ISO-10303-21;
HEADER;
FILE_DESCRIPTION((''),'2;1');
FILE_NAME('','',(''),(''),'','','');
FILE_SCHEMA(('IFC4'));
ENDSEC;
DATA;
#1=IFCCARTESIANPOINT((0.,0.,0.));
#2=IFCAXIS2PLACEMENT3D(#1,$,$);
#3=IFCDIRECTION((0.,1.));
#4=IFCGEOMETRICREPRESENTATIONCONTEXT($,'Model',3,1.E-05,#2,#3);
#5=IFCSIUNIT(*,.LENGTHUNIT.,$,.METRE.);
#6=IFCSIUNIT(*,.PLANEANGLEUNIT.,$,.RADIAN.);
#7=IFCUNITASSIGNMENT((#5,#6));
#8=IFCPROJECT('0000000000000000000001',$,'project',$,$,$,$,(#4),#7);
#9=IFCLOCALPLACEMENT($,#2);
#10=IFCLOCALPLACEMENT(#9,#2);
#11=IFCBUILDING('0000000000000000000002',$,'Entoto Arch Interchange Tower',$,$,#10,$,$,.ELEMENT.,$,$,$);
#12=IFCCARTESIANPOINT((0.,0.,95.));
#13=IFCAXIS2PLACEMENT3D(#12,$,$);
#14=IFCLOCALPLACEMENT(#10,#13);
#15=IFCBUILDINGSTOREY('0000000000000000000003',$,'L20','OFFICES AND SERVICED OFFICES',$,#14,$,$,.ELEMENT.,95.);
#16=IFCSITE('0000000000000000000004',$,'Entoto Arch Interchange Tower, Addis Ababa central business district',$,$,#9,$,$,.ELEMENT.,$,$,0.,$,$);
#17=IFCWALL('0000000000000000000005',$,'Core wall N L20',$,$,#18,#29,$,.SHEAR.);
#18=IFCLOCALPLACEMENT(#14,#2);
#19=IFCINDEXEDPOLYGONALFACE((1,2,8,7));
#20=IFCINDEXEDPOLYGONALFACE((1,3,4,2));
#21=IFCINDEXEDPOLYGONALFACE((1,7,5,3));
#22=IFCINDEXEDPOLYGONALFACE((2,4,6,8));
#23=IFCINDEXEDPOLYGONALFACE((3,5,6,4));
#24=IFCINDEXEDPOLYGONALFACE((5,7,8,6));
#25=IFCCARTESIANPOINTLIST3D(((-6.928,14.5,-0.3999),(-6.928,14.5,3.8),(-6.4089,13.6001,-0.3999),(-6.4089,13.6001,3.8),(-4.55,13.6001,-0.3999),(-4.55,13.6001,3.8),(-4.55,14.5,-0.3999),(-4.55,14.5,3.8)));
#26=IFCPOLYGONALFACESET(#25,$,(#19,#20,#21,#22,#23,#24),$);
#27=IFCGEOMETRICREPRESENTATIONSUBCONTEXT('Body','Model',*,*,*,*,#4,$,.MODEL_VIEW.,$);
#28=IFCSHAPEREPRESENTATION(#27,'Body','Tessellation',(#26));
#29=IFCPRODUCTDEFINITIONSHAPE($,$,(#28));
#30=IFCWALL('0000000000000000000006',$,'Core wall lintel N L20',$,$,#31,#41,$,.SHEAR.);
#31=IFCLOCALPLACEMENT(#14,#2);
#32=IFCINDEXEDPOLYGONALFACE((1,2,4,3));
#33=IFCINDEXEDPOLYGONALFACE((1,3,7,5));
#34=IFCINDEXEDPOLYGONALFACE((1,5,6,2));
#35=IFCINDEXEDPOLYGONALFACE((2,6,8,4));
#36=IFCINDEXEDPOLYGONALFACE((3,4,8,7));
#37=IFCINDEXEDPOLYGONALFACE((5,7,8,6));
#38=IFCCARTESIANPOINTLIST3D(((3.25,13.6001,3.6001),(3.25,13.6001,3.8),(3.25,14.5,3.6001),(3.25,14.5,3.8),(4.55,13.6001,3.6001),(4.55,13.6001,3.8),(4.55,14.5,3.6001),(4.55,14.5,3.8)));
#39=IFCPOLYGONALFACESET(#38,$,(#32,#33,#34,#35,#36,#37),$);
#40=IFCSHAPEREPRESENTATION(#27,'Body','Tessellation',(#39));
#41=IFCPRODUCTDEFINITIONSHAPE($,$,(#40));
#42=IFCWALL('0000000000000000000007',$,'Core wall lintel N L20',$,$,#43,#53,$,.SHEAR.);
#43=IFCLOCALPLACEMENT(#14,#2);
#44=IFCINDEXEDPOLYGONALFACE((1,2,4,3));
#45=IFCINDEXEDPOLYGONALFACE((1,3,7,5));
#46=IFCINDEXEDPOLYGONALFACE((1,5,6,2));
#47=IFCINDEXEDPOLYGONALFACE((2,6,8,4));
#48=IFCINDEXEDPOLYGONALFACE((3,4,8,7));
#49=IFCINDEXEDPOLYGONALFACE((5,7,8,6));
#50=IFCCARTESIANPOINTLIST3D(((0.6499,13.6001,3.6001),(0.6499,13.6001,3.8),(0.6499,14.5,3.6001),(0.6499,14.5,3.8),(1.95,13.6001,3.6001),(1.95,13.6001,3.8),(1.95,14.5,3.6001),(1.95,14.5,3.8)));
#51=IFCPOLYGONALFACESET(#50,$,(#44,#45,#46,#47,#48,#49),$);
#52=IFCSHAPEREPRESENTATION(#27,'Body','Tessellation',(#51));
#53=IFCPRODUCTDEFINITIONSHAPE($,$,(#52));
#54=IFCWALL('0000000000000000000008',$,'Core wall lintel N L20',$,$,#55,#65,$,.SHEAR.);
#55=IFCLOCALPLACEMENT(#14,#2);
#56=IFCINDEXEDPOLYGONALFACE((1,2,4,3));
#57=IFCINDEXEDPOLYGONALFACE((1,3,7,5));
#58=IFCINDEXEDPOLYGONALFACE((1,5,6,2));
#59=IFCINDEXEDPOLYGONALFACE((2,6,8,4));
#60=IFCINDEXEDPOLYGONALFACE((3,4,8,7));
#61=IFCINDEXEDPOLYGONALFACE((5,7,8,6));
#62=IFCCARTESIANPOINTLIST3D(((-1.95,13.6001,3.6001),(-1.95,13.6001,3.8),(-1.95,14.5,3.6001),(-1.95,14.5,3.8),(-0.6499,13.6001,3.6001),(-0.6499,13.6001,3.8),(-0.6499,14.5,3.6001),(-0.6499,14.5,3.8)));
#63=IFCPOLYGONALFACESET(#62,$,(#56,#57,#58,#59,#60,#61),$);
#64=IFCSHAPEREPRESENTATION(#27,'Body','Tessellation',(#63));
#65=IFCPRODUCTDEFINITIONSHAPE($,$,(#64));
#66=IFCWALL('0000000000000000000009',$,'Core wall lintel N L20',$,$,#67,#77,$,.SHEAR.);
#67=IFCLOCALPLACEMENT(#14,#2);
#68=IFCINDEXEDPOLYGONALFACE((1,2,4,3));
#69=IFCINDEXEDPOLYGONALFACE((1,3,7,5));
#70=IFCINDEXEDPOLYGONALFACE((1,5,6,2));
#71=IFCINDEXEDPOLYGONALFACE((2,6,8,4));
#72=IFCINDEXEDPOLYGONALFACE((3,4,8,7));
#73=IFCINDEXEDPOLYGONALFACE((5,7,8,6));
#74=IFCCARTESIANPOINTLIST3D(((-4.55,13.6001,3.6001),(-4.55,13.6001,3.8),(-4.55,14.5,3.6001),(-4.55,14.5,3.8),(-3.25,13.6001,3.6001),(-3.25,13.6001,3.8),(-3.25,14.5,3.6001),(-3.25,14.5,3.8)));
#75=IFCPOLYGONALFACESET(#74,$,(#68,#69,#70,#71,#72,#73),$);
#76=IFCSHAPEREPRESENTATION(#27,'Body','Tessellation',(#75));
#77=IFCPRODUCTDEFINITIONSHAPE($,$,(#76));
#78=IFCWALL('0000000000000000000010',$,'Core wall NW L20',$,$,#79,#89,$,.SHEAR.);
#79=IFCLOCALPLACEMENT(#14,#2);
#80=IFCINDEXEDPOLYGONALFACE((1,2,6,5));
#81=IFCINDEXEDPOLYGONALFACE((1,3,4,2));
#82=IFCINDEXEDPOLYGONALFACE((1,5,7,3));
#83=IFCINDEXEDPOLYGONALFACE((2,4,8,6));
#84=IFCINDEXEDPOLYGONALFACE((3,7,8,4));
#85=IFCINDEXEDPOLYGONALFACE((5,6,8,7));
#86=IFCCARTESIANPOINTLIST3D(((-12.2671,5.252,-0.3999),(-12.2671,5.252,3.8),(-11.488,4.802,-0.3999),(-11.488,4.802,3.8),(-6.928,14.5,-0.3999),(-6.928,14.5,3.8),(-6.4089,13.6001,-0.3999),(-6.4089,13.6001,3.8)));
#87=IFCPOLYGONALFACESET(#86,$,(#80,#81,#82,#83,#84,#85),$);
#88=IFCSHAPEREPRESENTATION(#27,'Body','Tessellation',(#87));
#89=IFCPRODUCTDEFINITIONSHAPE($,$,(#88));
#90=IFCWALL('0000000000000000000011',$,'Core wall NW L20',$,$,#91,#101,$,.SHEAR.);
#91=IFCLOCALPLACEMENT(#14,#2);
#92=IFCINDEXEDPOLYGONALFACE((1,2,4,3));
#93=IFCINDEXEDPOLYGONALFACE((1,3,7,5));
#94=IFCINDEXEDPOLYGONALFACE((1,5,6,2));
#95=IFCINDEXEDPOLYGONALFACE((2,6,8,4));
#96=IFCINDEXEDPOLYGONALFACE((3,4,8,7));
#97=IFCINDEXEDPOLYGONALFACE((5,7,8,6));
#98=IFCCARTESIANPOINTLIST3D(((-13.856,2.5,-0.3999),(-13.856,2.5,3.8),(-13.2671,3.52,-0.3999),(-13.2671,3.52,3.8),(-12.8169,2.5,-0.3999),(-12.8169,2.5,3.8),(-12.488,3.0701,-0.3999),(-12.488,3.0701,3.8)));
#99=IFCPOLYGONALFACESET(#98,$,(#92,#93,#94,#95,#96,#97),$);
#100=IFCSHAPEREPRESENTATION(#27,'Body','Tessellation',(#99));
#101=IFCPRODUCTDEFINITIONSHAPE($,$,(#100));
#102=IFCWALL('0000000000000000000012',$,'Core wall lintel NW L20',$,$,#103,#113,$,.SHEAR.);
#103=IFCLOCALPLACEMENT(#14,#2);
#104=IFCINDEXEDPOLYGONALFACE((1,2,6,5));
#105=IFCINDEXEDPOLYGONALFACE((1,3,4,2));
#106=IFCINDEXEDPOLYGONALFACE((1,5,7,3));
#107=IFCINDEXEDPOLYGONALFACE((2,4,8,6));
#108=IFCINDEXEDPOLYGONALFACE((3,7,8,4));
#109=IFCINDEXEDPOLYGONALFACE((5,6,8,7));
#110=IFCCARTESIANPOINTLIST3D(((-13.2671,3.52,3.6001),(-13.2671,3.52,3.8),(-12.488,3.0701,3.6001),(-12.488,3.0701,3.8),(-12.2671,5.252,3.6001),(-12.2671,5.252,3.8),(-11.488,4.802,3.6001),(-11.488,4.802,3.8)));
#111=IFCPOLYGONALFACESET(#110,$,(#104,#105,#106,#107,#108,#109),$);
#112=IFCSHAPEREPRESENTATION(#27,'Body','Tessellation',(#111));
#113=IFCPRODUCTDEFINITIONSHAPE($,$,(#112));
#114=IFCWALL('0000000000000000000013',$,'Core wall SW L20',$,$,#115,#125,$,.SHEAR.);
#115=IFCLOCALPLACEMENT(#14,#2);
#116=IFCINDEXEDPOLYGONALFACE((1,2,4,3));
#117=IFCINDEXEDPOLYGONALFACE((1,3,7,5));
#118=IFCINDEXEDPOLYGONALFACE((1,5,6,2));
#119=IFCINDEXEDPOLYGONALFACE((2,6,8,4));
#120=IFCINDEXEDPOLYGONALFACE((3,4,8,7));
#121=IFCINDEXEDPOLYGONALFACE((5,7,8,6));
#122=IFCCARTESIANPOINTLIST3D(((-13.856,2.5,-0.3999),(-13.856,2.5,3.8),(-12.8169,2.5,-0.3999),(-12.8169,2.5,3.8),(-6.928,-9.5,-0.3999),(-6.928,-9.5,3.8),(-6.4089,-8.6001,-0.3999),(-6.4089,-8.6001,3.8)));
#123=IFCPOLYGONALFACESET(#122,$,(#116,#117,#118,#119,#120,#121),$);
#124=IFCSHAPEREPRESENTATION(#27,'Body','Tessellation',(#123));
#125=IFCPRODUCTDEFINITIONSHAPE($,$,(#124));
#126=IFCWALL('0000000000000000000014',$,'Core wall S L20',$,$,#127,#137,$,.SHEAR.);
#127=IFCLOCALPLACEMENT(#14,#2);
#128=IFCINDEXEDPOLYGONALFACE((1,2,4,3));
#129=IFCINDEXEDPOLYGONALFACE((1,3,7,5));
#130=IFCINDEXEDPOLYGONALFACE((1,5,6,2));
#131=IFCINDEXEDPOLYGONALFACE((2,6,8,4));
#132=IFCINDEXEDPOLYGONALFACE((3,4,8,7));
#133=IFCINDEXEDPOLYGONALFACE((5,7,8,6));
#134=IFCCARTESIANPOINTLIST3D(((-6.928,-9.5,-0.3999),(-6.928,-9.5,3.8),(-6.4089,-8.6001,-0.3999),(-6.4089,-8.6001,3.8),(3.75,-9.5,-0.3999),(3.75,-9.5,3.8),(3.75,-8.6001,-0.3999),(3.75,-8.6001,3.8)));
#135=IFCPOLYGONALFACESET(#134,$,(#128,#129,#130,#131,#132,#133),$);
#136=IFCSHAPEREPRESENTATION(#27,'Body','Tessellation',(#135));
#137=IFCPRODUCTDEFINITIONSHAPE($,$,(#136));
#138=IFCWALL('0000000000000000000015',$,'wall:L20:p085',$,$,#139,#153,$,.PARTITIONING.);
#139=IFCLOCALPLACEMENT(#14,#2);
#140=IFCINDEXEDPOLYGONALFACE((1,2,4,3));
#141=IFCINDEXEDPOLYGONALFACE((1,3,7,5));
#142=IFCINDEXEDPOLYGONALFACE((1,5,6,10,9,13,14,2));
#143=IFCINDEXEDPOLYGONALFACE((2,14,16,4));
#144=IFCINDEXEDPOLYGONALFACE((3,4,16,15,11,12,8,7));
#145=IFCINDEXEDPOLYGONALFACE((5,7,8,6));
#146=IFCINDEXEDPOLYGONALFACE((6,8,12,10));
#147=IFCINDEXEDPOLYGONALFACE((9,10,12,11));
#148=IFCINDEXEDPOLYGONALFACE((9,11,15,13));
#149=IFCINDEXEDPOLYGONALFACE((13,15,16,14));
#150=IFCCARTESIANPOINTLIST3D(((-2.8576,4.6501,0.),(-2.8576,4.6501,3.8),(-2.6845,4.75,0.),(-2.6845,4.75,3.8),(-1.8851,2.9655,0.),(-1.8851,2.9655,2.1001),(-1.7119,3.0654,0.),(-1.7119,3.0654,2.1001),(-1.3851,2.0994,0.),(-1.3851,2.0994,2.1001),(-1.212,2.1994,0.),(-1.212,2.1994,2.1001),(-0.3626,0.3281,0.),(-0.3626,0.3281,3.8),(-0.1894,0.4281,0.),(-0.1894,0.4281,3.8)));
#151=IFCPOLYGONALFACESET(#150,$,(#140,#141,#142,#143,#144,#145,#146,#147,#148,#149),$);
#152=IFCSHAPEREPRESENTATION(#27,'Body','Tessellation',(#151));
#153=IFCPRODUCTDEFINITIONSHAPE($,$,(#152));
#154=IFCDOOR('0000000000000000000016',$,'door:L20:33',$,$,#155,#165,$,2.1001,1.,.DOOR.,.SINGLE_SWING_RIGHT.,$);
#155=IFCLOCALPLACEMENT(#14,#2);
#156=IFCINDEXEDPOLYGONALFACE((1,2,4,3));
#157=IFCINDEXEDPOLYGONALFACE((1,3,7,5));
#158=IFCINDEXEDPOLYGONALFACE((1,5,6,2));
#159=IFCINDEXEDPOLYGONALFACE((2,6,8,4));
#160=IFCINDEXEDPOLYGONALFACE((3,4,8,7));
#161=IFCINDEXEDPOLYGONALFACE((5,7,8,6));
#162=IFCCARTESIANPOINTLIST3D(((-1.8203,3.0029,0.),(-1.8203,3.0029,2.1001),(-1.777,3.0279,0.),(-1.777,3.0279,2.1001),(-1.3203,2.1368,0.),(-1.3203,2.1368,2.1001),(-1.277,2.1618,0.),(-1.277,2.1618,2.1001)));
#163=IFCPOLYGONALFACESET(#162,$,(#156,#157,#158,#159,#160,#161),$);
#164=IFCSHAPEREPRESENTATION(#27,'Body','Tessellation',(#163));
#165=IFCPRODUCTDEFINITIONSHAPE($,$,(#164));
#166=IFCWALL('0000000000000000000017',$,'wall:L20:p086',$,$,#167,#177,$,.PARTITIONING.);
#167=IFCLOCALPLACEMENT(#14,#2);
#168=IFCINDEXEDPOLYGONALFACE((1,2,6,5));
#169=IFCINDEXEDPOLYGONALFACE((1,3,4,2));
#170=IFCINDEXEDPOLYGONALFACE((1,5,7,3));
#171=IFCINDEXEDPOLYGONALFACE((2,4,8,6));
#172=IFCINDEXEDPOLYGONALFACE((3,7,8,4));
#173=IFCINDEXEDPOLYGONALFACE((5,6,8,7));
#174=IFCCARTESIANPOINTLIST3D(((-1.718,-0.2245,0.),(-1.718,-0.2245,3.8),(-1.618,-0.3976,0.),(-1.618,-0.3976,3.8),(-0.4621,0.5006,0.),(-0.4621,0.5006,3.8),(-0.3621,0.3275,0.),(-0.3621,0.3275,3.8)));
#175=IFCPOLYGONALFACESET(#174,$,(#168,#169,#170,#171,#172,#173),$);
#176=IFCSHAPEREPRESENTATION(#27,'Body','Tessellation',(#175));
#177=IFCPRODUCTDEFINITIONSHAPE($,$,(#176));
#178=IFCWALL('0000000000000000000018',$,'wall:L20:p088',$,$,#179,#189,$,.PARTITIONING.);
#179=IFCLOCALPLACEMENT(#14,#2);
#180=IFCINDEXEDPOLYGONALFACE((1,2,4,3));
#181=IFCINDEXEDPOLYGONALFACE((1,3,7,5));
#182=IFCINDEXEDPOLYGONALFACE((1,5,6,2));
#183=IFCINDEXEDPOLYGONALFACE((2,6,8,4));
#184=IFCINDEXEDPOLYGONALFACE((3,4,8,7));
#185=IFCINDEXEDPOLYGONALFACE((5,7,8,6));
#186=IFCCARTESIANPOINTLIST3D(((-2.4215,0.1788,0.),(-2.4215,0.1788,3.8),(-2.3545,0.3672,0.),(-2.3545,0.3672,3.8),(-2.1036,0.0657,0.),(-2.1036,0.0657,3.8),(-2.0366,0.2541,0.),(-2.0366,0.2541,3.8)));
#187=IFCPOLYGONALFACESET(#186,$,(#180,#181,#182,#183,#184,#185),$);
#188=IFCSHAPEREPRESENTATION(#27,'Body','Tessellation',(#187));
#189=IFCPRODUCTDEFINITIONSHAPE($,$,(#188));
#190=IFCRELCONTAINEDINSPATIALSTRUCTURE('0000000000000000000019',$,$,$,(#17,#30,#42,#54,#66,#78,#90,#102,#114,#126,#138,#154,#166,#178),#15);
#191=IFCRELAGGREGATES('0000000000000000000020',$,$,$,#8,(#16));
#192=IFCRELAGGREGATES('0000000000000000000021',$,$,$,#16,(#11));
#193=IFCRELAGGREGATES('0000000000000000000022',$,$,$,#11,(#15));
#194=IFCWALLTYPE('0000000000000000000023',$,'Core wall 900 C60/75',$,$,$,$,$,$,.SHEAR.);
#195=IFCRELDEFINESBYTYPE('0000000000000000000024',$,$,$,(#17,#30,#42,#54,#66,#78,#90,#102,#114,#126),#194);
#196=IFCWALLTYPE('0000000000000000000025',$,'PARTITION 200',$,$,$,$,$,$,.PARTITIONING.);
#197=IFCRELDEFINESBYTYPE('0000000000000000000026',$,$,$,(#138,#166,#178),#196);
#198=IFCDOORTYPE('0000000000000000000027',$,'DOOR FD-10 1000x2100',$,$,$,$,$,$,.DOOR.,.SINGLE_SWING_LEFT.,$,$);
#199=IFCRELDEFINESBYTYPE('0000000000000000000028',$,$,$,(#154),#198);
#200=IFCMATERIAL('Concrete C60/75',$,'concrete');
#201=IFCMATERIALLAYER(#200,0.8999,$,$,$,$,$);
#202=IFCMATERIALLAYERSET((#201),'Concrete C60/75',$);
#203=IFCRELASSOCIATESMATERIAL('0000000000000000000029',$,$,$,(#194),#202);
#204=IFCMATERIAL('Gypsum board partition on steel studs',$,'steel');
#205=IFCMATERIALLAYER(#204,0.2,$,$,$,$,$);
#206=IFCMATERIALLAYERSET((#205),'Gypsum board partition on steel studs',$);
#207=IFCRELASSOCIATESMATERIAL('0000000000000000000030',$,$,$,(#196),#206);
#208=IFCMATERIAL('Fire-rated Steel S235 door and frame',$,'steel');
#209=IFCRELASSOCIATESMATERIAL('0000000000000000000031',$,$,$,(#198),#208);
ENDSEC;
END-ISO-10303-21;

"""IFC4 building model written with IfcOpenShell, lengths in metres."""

from ifc_helpers import new_model, si_unit, direction, frame, frame_2d, origin, place, context, subcontext, project, spatial, polyline, rectangle, outline, extrude, material, layer, layer_set, type_object, element, fill, save


model = new_model("IFC4")

# Units and contexts
model_context = context("Model", 3, precision=1e-05, world=origin(), true_north=direction((0.0, 1.0)))
body_context = subcontext(model_context, "Body", "Model", "MODEL_VIEW")
ifc_project = project(units=[si_unit("LENGTHUNIT", "METRE"), si_unit("PLANEANGLEUNIT", "RADIAN")], contexts=[model_context])

# Site, building, storey
site_placement = place(None, origin())
site = spatial("IfcSite", under=ifc_project, at=site_placement, Name="Entoto Arch Interchange Tower, Addis Ababa central business district", CompositionType="ELEMENT", RefElevation=0.0)
building_placement = place(site_placement, origin())
building = spatial("IfcBuilding", under=site, at=building_placement, Name="Entoto Arch Interchange Tower", CompositionType="ELEMENT")
storey_placement = place(building_placement, frame((0.0, 0.0, 95.0)))
storey = spatial("IfcBuildingStorey", under=building, at=storey_placement, Name="L20", Description="OFFICES AND SERVICED OFFICES", CompositionType="ELEMENT", Elevation=95.0)

# Walls
ifc_material_1 = material(Name="Concrete C60/75", Category="concrete")
ifc_layer_1 = layer(ifc_material_1, 0.8999)
ifc_layer_set_1 = layer_set([ifc_layer_1], Name="Concrete C60/75")
wall_type_1 = type_object("IfcWallType", Name="Core wall 900 C60/75", PredefinedType="SHEAR", material=ifc_layer_set_1)
wall_1_placement = place(storey_placement, frame((0.0, 0.0, -0.3999)))
element("IfcWall", 1, at=wall_1_placement, inside=storey, type_object=wall_type_1, Name="Core wall N L20", PredefinedType="SHEAR", context=body_context, shape_type="SweptSolid", body=[
    extrude(outline(polyline([(-4.55, 13.6001), (-4.55, 14.5), (-6.928, 14.5), (-6.4089, 13.6001), (-4.55, 13.6001)])), origin(), (0.0, 0.0, 1.0), 4.2),
])
wall_2_placement = place(storey_placement, frame((0.0, 0.0, 3.6001)))
element("IfcWall", 2, at=wall_2_placement, inside=storey, type_object=wall_type_1, Name="Core wall lintel N L20", PredefinedType="SHEAR", context=body_context, shape_type="SweptSolid", body=[
    extrude(outline(polyline([(3.25, 14.5), (3.25, 13.6001), (4.55, 13.6001), (4.55, 14.5), (3.25, 14.5)])), origin(), (0.0, 0.0, 1.0), 0.2),
])
wall_3_placement = place(storey_placement, frame((0.0, 0.0, 3.6001)))
element("IfcWall", 3, at=wall_3_placement, inside=storey, type_object=wall_type_1, Name="Core wall lintel N L20", PredefinedType="SHEAR", context=body_context, shape_type="SweptSolid", body=[
    extrude(outline(polyline([(0.6499, 14.5), (0.6499, 13.6001), (1.95, 13.6001), (1.95, 14.5), (0.6499, 14.5)])), origin(), (0.0, 0.0, 1.0), 0.2),
])
wall_4_placement = place(storey_placement, frame((0.0, 0.0, 3.6001)))
element("IfcWall", 4, at=wall_4_placement, inside=storey, type_object=wall_type_1, Name="Core wall lintel N L20", PredefinedType="SHEAR", context=body_context, shape_type="SweptSolid", body=[
    extrude(outline(polyline([(-1.95, 14.5), (-1.95, 13.6001), (-0.6499, 13.6001), (-0.6499, 14.5), (-1.95, 14.5)])), origin(), (0.0, 0.0, 1.0), 0.2),
])
wall_5_placement = place(storey_placement, frame((0.0, 0.0, 3.6001)))
element("IfcWall", 5, at=wall_5_placement, inside=storey, type_object=wall_type_1, Name="Core wall lintel N L20", PredefinedType="SHEAR", context=body_context, shape_type="SweptSolid", body=[
    extrude(outline(polyline([(-4.55, 14.5), (-4.55, 13.6001), (-3.25, 13.6001), (-3.25, 14.5), (-4.55, 14.5)])), origin(), (0.0, 0.0, 1.0), 0.2),
])
wall_6_placement = place(storey_placement, frame((0.0, 0.0, -0.3999)))
element("IfcWall", 6, at=wall_6_placement, inside=storey, type_object=wall_type_1, Name="Core wall NW L20", PredefinedType="SHEAR", context=body_context, shape_type="SweptSolid", body=[
    extrude(outline(polyline([(-12.2671, 5.252), (-11.488, 4.802), (-6.4089, 13.6001), (-6.928, 14.5), (-12.2671, 5.252)])), origin(), (0.0, 0.0, 1.0), 4.2),
])
wall_7_placement = place(storey_placement, frame((0.0, 0.0, -0.3999)))
element("IfcWall", 7, at=wall_7_placement, inside=storey, type_object=wall_type_1, Name="Core wall NW L20", PredefinedType="SHEAR", context=body_context, shape_type="SweptSolid", body=[
    extrude(outline(polyline([(-12.488, 3.0701), (-13.2671, 3.52), (-13.856, 2.5), (-12.8169, 2.5), (-12.488, 3.0701)])), origin(), (0.0, 0.0, 1.0), 4.2),
])
wall_8_placement = place(storey_placement, frame((0.0, 0.0, 3.6001)))
element("IfcWall", 8, at=wall_8_placement, inside=storey, type_object=wall_type_1, Name="Core wall lintel NW L20", PredefinedType="SHEAR", context=body_context, shape_type="SweptSolid", body=[
    extrude(outline(polyline([(-13.2671, 3.52), (-12.488, 3.0701), (-11.488, 4.802), (-12.2671, 5.252), (-13.2671, 3.52)])), origin(), (0.0, 0.0, 1.0), 0.2),
])
wall_9_placement = place(storey_placement, frame((0.0, 0.0, -0.3999)))
element("IfcWall", 9, at=wall_9_placement, inside=storey, type_object=wall_type_1, Name="Core wall SW L20", PredefinedType="SHEAR", context=body_context, shape_type="SweptSolid", body=[
    extrude(outline(polyline([(-13.856, 2.5), (-6.928, -9.5), (-6.4089, -8.6001), (-12.8169, 2.5), (-13.856, 2.5)])), origin(), (0.0, 0.0, 1.0), 4.2),
])
wall_10_placement = place(storey_placement, frame((0.0, 0.0, -0.3999)))
element("IfcWall", 10, at=wall_10_placement, inside=storey, type_object=wall_type_1, Name="Core wall S L20", PredefinedType="SHEAR", context=body_context, shape_type="SweptSolid", body=[
    extrude(outline(polyline([(3.75, -9.5), (3.75, -8.6001), (-6.4089, -8.6001), (-6.928, -9.5), (3.75, -9.5)])), origin(), (0.0, 0.0, 1.0), 4.2),
])

# Wall, opening, door
ifc_material_2 = material(Name="Gypsum board partition on steel studs", Category="steel")
ifc_layer_2 = layer(ifc_material_2, 0.2)
ifc_layer_set_2 = layer_set([ifc_layer_2], Name="Gypsum board partition on steel studs")
wall_type_2 = type_object("IfcWallType", Name="PARTITION 200", PredefinedType="PARTITIONING", material=ifc_layer_set_2)
wall_11_placement = place(storey_placement, frame((-2.771, 4.7, 0.0), z_axis=(0.0, 0.0, 1.0), x_axis=(0.499969, -0.866043, 0.0)))
wall_11 = element("IfcWall", 11, at=wall_11_placement, inside=storey, type_object=wall_type_2, Name="wall:L20:p085", PredefinedType="PARTITIONING", context=body_context, shape_type="SweptSolid", body=[
    extrude(rectangle(XDim=4.9905, YDim=0.2, at=frame_2d((2.4951, 0.0))), origin(), (0.0, 0.0, 1.0), 3.8),
])
opening_1_placement = place(wall_11_placement, frame((1.9451, 0.0, 0.0)))
opening_1 = element("IfcOpeningElement", 12, at=opening_1_placement, cuts=wall_11, PredefinedType="OPENING", context=body_context, shape_type="SweptSolid", body=[
    extrude(rectangle(XDim=1.0, YDim=2.1001, at=frame_2d((0.5, 1.05))), frame((0.0, 0.1099, 0.0), z_axis=(0.0, -1.0, 0.0), x_axis=(1.0, 0.0, 0.0)), (0.0, 0.0, 1.0), 0.22),
])
ifc_material_3 = material(Name="Fire-rated Steel S235 door and frame", Category="steel")
door_type_1 = type_object("IfcDoorType", Name="DOOR FD-10 1000x2100", OperationType="SINGLE_SWING_LEFT", PredefinedType="DOOR", material=ifc_material_3)
door_1_placement = place(opening_1_placement, origin())
door_1 = element("IfcDoor", 13, at=door_1_placement, inside=storey, type_object=door_type_1, Name="door:L20:33", OperationType="SINGLE_SWING_RIGHT", OverallHeight=2.1001, OverallWidth=1.0, PredefinedType="DOOR", context=body_context, shape_type="SweptSolid", body=[
    extrude(rectangle(XDim=1.0, YDim=2.1001, at=frame_2d((0.5, 1.05))), frame((0.0, 0.0249, 0.0), z_axis=(0.0, -1.0, 0.0), x_axis=(1.0, 0.0, 0.0)), (0.0, 0.0, 1.0), 0.05),
])
fill(opening_1, door_1)

# Walls
wall_12_placement = place(storey_placement, frame((-0.4121, 0.4141, 0.0), z_axis=(0.0, 0.0, 1.0), x_axis=(-0.866017, -0.500014, 0.0)))
element("IfcWall", 14, at=wall_12_placement, inside=storey, type_object=wall_type_2, Name="wall:L20:p086", PredefinedType="PARTITIONING", context=body_context, shape_type="SweptSolid", body=[
    extrude(rectangle(XDim=1.4502, YDim=0.2, at=frame_2d((0.7251, 0.0))), origin(), (0.0, 0.0, 1.0), 3.8),
])
wall_13_placement = place(storey_placement, frame((-2.0701, 0.1599, 0.0), z_axis=(0.0, 0.0, 1.0), x_axis=(-0.942199, 0.335052, 0.0)))
element("IfcWall", 15, at=wall_13_placement, inside=storey, type_object=wall_type_2, Name="wall:L20:p088", PredefinedType="PARTITIONING", context=body_context, shape_type="SweptSolid", body=[
    extrude(rectangle(XDim=0.3374, YDim=0.2, at=frame_2d((0.1687, 0.0))), origin(), (0.0, 0.0, 1.0), 3.8),
])

save(model, "model.ifc")
